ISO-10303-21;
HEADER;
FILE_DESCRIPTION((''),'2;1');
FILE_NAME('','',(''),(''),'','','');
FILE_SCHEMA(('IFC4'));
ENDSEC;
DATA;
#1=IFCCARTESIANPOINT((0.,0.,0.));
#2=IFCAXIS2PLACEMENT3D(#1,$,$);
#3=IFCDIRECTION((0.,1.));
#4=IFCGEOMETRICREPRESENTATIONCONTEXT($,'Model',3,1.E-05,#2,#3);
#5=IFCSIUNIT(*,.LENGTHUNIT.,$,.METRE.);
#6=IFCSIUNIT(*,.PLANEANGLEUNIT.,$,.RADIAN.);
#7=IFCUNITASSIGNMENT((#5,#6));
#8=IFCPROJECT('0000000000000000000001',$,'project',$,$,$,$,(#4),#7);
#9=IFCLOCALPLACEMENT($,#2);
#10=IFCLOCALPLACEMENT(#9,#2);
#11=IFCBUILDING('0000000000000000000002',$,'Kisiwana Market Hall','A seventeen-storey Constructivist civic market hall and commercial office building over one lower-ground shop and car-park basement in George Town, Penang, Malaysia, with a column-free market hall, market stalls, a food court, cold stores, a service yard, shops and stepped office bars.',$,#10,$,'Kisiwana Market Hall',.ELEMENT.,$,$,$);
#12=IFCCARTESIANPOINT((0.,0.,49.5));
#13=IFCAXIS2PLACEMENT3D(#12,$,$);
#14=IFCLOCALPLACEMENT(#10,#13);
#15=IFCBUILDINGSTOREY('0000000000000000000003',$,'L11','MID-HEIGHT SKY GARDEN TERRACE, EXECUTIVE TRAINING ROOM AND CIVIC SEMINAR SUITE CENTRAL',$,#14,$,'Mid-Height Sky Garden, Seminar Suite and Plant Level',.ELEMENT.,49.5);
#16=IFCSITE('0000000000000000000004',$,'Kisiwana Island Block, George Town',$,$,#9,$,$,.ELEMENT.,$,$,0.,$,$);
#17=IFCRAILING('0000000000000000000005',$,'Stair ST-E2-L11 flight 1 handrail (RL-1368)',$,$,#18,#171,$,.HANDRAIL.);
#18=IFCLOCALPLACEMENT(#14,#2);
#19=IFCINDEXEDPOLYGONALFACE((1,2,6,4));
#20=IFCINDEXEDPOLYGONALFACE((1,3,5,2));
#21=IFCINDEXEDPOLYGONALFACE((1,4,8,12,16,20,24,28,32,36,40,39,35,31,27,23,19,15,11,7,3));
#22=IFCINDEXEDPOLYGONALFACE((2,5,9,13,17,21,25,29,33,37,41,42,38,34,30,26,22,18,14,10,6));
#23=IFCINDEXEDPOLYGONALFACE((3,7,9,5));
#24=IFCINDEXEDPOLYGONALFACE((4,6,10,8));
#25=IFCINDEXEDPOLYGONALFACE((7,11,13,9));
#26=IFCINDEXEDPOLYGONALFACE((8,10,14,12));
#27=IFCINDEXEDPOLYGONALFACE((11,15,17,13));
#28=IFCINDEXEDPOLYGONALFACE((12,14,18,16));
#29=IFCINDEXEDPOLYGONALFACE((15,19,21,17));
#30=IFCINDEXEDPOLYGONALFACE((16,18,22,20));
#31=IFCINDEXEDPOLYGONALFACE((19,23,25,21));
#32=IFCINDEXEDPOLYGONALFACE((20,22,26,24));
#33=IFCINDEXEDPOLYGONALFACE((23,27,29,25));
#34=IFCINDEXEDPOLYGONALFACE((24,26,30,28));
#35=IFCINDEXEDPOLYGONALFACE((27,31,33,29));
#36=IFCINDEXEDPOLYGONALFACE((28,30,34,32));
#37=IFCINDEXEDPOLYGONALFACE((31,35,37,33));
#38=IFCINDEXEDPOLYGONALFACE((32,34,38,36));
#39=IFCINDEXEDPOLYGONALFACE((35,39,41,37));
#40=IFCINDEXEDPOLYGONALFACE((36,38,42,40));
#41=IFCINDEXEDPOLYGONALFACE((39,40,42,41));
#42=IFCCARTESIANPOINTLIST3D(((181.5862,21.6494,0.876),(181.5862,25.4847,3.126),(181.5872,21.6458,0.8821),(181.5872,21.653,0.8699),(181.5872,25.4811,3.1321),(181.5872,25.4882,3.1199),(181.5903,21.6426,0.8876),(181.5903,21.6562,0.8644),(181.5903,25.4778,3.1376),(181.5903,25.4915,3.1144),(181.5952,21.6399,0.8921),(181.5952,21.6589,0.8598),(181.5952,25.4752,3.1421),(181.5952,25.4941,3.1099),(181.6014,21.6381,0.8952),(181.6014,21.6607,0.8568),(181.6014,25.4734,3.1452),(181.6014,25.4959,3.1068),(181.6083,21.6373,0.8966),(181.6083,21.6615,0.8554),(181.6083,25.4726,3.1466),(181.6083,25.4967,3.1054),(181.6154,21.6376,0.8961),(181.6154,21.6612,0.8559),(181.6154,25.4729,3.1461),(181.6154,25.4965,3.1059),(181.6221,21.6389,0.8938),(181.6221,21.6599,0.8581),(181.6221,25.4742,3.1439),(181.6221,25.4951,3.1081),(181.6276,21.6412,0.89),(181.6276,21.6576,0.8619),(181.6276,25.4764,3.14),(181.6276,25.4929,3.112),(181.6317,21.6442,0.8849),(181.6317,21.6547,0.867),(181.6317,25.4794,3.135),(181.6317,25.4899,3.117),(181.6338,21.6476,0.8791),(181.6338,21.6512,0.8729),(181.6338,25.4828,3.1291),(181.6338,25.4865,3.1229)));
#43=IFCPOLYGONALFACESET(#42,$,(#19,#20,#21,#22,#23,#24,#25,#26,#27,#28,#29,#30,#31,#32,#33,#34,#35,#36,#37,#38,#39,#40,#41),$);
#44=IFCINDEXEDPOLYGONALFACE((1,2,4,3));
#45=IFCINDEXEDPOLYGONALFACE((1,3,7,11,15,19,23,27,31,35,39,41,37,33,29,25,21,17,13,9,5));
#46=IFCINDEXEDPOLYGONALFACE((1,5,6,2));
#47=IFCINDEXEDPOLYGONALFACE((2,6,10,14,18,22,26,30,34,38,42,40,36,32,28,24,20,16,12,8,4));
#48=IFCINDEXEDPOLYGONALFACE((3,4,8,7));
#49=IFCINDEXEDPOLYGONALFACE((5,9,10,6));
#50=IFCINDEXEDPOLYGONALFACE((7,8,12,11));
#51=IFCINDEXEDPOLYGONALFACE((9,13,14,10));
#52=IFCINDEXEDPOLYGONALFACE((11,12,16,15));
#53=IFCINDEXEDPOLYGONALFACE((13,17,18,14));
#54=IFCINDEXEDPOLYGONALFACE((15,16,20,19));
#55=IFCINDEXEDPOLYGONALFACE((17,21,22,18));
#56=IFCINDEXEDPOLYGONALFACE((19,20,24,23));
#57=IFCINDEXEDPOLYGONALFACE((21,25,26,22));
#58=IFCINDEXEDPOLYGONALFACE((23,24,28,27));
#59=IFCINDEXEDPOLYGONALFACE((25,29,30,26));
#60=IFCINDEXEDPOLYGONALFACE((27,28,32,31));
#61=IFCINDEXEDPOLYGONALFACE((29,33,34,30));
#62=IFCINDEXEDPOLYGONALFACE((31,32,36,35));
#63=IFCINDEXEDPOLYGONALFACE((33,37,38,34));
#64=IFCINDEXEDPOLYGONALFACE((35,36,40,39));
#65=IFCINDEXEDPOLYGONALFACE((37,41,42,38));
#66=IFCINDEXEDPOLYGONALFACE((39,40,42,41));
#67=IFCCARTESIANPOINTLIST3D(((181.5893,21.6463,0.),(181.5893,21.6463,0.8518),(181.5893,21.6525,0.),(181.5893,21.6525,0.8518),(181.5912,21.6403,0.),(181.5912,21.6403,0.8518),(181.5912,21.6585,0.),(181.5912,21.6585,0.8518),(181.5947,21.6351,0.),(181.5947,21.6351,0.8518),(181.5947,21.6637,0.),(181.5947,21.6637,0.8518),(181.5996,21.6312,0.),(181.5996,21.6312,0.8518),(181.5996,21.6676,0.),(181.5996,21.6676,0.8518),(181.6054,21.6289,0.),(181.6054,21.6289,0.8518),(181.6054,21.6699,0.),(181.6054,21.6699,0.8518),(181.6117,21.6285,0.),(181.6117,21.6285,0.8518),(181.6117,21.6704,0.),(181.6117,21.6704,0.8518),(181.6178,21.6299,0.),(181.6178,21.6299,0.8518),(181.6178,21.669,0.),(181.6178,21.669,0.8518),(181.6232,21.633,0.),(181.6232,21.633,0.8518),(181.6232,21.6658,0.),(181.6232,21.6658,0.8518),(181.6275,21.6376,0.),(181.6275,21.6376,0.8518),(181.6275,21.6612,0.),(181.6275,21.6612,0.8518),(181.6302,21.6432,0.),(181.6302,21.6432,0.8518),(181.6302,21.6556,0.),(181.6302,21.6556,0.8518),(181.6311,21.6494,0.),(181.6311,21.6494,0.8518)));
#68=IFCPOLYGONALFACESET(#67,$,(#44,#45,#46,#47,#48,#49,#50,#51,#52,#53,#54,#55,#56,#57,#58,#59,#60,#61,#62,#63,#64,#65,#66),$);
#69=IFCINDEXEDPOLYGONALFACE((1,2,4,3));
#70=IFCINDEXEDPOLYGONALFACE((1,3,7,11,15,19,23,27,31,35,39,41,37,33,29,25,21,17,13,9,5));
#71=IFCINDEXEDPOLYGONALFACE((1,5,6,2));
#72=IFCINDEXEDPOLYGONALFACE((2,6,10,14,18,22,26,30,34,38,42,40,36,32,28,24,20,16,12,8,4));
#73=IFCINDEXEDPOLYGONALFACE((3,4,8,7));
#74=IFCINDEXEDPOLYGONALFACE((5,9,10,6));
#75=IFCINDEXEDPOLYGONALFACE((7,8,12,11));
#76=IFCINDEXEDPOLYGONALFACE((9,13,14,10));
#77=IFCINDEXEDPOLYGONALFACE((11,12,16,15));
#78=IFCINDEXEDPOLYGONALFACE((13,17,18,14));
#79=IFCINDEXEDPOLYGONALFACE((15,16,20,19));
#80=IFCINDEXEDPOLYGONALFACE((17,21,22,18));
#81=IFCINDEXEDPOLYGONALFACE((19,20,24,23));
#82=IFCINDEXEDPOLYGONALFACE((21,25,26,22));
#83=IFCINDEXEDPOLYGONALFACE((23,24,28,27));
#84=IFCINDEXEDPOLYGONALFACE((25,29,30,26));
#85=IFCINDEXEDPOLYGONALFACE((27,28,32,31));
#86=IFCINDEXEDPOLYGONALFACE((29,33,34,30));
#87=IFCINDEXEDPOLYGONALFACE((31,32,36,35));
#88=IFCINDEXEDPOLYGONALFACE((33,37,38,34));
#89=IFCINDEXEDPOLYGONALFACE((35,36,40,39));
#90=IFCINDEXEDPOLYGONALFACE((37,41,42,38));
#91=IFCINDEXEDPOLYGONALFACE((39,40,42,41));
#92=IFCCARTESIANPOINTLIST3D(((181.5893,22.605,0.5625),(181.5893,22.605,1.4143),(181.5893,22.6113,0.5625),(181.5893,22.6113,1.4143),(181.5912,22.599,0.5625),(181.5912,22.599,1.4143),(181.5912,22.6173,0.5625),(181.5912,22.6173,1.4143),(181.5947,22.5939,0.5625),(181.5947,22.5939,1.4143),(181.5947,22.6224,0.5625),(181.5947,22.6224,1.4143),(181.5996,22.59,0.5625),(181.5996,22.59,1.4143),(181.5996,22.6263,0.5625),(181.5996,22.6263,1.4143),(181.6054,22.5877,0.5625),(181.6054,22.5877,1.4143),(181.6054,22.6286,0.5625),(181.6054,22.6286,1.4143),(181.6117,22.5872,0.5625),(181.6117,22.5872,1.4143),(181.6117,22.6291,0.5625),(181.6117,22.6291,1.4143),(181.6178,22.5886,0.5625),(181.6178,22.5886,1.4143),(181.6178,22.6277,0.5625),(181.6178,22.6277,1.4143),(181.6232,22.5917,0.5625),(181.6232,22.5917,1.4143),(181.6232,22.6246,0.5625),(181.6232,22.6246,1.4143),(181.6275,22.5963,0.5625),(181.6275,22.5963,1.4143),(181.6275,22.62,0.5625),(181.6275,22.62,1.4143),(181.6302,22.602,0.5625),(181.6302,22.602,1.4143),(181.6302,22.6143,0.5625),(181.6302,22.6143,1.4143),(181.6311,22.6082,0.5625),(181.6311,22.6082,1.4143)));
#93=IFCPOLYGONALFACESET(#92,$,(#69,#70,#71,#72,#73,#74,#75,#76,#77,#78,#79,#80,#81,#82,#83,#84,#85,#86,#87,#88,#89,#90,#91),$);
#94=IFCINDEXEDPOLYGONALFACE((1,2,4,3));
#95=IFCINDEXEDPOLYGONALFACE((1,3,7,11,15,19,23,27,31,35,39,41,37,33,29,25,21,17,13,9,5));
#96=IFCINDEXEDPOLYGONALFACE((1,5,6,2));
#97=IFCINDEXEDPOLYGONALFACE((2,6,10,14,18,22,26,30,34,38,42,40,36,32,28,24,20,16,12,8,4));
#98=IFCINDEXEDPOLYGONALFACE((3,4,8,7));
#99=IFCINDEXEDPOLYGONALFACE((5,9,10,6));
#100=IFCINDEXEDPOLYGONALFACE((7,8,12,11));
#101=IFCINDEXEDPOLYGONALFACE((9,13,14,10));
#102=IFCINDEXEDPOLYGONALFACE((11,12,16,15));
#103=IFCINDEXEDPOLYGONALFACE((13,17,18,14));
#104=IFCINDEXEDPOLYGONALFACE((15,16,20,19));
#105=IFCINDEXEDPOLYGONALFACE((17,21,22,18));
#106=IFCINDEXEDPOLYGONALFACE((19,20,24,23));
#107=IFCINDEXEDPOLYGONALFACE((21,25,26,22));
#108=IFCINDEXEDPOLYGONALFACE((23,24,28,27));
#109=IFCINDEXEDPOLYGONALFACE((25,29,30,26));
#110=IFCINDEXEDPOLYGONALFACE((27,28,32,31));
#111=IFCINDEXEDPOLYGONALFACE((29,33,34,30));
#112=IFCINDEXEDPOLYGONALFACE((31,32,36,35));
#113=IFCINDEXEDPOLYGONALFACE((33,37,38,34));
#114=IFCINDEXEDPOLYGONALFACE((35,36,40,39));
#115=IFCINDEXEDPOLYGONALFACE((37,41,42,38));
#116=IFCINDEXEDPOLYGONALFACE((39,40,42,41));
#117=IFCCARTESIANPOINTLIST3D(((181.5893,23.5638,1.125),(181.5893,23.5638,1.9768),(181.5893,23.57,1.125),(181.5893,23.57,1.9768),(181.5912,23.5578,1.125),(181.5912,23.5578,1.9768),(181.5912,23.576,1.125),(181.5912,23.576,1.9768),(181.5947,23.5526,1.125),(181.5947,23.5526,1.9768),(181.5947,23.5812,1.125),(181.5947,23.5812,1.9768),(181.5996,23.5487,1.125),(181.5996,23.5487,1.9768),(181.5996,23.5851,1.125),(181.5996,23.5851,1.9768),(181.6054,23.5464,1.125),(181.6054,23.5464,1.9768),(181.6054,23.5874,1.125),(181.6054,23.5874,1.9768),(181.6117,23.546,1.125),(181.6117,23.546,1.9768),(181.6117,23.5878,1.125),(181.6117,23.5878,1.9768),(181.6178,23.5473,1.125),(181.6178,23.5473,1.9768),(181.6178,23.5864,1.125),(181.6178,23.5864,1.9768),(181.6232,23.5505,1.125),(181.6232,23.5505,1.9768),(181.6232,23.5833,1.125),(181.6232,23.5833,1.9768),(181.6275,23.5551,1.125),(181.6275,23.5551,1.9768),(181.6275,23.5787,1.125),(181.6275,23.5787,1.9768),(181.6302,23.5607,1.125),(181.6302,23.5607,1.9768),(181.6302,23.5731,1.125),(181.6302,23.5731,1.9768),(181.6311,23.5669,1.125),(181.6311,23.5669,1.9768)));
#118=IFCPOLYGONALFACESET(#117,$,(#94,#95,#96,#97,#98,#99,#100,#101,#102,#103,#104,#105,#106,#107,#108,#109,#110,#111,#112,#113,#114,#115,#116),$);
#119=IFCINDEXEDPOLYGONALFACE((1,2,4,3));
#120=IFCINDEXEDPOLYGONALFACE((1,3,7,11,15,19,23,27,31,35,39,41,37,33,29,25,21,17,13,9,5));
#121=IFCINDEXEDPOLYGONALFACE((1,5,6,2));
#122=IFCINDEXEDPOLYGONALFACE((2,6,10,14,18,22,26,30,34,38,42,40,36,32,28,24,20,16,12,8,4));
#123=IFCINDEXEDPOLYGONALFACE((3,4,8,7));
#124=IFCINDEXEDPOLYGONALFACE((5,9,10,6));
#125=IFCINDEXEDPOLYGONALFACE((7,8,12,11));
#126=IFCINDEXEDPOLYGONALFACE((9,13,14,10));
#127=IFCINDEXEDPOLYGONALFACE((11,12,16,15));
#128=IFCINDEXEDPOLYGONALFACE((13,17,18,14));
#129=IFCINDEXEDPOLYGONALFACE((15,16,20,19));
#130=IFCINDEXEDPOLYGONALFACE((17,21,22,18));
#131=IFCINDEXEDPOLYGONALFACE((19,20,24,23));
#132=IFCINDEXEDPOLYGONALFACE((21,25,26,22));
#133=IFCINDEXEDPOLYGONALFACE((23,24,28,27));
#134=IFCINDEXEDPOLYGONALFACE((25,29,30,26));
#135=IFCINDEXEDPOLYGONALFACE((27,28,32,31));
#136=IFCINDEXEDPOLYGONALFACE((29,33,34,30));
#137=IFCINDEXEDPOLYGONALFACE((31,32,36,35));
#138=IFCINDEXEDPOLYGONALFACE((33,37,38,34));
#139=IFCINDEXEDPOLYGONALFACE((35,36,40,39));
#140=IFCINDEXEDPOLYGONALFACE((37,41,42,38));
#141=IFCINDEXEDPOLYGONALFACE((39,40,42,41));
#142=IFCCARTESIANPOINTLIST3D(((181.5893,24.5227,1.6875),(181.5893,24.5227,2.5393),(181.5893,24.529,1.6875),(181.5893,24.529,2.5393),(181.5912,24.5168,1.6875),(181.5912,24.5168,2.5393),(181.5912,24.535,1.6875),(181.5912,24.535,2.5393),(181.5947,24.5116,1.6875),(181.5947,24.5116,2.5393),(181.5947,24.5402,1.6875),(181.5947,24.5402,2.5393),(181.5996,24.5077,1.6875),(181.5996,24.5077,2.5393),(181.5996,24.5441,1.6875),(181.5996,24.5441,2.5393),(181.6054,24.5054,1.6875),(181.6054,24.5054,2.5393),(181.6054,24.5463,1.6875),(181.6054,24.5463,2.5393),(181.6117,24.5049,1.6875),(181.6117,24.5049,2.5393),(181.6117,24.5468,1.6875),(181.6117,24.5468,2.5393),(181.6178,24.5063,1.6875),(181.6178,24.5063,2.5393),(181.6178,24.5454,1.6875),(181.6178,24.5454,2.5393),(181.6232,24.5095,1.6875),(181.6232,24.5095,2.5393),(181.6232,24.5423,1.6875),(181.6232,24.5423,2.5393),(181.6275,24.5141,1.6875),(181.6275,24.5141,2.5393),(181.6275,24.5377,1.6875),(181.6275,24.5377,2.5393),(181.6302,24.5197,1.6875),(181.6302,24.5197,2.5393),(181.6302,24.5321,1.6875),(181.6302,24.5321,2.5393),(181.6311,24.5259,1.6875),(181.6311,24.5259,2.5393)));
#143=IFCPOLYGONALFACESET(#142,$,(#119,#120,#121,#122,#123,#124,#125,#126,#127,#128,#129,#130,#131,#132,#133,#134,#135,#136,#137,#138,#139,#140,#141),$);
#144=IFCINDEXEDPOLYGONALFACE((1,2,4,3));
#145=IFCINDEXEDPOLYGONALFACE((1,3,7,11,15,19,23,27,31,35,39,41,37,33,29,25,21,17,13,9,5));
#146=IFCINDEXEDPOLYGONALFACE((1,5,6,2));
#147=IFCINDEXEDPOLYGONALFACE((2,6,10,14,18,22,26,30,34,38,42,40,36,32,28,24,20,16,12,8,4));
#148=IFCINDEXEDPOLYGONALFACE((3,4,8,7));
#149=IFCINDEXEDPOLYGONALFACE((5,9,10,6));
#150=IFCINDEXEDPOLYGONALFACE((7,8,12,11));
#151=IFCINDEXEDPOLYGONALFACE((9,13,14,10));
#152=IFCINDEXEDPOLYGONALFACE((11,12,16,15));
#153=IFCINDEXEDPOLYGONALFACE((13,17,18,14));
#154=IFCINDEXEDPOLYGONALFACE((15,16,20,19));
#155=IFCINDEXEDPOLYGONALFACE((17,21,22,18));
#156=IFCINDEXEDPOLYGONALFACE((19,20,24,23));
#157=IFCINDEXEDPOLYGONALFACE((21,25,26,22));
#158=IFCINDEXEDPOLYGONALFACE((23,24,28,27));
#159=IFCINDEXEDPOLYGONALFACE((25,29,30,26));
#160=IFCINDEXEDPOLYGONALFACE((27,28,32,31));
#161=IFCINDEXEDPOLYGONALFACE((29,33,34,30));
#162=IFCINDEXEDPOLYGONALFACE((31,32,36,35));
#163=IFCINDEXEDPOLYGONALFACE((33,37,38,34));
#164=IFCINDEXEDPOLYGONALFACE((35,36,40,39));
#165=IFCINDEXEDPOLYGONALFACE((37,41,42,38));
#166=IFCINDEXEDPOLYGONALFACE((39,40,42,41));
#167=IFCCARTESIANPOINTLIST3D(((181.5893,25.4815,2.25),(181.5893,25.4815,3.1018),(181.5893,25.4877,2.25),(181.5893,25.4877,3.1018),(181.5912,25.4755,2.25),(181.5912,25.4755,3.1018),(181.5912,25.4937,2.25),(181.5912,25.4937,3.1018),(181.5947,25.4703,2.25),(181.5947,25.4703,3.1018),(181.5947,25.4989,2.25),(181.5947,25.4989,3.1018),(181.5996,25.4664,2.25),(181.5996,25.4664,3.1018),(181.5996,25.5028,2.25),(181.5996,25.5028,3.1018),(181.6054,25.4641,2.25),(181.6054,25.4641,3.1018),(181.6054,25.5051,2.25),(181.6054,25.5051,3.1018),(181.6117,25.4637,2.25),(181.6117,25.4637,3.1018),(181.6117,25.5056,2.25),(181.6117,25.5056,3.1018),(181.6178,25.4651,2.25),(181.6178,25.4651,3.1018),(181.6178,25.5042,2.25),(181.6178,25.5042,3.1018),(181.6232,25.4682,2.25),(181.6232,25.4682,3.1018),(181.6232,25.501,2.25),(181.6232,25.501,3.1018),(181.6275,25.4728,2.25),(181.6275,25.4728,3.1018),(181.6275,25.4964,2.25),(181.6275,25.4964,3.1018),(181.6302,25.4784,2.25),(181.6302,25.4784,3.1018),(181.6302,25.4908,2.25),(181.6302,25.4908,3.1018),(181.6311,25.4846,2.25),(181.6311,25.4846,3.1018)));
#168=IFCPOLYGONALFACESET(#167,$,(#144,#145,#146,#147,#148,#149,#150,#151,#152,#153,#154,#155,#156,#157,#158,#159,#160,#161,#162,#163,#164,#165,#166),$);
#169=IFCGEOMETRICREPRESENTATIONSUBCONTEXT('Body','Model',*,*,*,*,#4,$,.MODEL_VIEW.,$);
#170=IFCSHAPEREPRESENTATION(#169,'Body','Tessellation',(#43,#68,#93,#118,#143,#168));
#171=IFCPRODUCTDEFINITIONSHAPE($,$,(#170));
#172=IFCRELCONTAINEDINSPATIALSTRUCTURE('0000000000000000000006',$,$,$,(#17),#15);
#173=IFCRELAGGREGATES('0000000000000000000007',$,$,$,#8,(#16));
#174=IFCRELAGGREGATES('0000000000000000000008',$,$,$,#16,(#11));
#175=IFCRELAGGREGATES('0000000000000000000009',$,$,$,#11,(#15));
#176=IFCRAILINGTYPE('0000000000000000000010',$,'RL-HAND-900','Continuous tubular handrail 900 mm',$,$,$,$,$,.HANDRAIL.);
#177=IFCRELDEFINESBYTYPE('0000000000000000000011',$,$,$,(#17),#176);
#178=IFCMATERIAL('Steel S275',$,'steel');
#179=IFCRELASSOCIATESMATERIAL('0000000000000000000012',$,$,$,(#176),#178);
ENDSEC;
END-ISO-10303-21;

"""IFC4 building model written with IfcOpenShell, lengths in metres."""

from ifc_helpers import new_model, si_unit, direction, frame, origin, origin_2d, place, context, subcontext, project, spatial, circle, extrude, material, type_object, element, save


model = new_model("IFC4")

# Units and contexts
model_context = context("Model", 3, precision=1e-05, world=origin(), true_north=direction((0.0, 1.0)))
body_context = subcontext(model_context, "Body", "Model", "MODEL_VIEW")
ifc_project = project(units=[si_unit("LENGTHUNIT", "METRE"), si_unit("PLANEANGLEUNIT", "RADIAN")], contexts=[model_context])

# Site, building, storey
site_placement = place(None, origin())
site = spatial("IfcSite", under=ifc_project, at=site_placement, Name="Kisiwana Island Block, George Town", CompositionType="ELEMENT", RefElevation=0.0)
building_placement = place(site_placement, origin())
building = spatial("IfcBuilding", under=site, at=building_placement, Name="Kisiwana Market Hall", Description="A seventeen-storey Constructivist civic market hall and commercial office building over one lower-ground shop and car-park basement in George Town, Penang, Malaysia, with a column-free market hall, market stalls, a food court, cold stores, a service yard, shops and stepped office bars.", LongName="Kisiwana Market Hall", CompositionType="ELEMENT")
storey_placement = place(building_placement, frame((0.0, 0.0, 49.5)))
storey = spatial("IfcBuildingStorey", under=building, at=storey_placement, Name="L11", Description="MID-HEIGHT SKY GARDEN TERRACE, EXECUTIVE TRAINING ROOM AND CIVIC SEMINAR SUITE CENTRAL", LongName="Mid-Height Sky Garden, Seminar Suite and Plant Level", CompositionType="ELEMENT", Elevation=49.5)

# Railing
ifc_material_1 = material(Name="Steel S275", Category="steel")
railing_type_1 = type_object("IfcRailingType", Name="RL-HAND-900", Description="Continuous tubular handrail 900 mm", PredefinedType="HANDRAIL", material=ifc_material_1)
railing_1_placement = place(storey_placement, frame((181.6101, 21.6494, 0.0)))
element("IfcRailing", 1, at=railing_1_placement, inside=storey, type_object=railing_type_1, Name="Stair ST-E2-L11 flight 1 handrail (RL-1368)", PredefinedType="HANDRAIL", context=body_context, shape_type="SweptSolid", body=[
    extrude(circle(Radius=0.0239, at=origin_2d()), frame((0.0, 0.0, 0.876), z_axis=(0.0, 0.862524, 0.506017), x_axis=(-1.0, 0.0, 0.0)), (0.0, 0.0, 1.0), 4.4465),
    extrude(circle(Radius=0.021, at=origin_2d()), origin(), (0.0, 0.0, 1.0), 0.8518),
    extrude(circle(Radius=0.021, at=origin_2d()), frame((0.0, 0.9587, 0.5625)), (0.0, 0.0, 1.0), 0.8518),
    extrude(circle(Radius=0.021, at=origin_2d()), frame((0.0, 1.9175, 1.125)), (0.0, 0.0, 1.0), 0.8518),
    extrude(circle(Radius=0.021, at=origin_2d()), frame((0.0, 2.8765, 1.6875)), (0.0, 0.0, 1.0), 0.8518),
    extrude(circle(Radius=0.021, at=origin_2d()), frame((0.0, 3.8352, 2.25)), (0.0, 0.0, 1.0), 0.8518),
])

save(model, "model.ifc")
